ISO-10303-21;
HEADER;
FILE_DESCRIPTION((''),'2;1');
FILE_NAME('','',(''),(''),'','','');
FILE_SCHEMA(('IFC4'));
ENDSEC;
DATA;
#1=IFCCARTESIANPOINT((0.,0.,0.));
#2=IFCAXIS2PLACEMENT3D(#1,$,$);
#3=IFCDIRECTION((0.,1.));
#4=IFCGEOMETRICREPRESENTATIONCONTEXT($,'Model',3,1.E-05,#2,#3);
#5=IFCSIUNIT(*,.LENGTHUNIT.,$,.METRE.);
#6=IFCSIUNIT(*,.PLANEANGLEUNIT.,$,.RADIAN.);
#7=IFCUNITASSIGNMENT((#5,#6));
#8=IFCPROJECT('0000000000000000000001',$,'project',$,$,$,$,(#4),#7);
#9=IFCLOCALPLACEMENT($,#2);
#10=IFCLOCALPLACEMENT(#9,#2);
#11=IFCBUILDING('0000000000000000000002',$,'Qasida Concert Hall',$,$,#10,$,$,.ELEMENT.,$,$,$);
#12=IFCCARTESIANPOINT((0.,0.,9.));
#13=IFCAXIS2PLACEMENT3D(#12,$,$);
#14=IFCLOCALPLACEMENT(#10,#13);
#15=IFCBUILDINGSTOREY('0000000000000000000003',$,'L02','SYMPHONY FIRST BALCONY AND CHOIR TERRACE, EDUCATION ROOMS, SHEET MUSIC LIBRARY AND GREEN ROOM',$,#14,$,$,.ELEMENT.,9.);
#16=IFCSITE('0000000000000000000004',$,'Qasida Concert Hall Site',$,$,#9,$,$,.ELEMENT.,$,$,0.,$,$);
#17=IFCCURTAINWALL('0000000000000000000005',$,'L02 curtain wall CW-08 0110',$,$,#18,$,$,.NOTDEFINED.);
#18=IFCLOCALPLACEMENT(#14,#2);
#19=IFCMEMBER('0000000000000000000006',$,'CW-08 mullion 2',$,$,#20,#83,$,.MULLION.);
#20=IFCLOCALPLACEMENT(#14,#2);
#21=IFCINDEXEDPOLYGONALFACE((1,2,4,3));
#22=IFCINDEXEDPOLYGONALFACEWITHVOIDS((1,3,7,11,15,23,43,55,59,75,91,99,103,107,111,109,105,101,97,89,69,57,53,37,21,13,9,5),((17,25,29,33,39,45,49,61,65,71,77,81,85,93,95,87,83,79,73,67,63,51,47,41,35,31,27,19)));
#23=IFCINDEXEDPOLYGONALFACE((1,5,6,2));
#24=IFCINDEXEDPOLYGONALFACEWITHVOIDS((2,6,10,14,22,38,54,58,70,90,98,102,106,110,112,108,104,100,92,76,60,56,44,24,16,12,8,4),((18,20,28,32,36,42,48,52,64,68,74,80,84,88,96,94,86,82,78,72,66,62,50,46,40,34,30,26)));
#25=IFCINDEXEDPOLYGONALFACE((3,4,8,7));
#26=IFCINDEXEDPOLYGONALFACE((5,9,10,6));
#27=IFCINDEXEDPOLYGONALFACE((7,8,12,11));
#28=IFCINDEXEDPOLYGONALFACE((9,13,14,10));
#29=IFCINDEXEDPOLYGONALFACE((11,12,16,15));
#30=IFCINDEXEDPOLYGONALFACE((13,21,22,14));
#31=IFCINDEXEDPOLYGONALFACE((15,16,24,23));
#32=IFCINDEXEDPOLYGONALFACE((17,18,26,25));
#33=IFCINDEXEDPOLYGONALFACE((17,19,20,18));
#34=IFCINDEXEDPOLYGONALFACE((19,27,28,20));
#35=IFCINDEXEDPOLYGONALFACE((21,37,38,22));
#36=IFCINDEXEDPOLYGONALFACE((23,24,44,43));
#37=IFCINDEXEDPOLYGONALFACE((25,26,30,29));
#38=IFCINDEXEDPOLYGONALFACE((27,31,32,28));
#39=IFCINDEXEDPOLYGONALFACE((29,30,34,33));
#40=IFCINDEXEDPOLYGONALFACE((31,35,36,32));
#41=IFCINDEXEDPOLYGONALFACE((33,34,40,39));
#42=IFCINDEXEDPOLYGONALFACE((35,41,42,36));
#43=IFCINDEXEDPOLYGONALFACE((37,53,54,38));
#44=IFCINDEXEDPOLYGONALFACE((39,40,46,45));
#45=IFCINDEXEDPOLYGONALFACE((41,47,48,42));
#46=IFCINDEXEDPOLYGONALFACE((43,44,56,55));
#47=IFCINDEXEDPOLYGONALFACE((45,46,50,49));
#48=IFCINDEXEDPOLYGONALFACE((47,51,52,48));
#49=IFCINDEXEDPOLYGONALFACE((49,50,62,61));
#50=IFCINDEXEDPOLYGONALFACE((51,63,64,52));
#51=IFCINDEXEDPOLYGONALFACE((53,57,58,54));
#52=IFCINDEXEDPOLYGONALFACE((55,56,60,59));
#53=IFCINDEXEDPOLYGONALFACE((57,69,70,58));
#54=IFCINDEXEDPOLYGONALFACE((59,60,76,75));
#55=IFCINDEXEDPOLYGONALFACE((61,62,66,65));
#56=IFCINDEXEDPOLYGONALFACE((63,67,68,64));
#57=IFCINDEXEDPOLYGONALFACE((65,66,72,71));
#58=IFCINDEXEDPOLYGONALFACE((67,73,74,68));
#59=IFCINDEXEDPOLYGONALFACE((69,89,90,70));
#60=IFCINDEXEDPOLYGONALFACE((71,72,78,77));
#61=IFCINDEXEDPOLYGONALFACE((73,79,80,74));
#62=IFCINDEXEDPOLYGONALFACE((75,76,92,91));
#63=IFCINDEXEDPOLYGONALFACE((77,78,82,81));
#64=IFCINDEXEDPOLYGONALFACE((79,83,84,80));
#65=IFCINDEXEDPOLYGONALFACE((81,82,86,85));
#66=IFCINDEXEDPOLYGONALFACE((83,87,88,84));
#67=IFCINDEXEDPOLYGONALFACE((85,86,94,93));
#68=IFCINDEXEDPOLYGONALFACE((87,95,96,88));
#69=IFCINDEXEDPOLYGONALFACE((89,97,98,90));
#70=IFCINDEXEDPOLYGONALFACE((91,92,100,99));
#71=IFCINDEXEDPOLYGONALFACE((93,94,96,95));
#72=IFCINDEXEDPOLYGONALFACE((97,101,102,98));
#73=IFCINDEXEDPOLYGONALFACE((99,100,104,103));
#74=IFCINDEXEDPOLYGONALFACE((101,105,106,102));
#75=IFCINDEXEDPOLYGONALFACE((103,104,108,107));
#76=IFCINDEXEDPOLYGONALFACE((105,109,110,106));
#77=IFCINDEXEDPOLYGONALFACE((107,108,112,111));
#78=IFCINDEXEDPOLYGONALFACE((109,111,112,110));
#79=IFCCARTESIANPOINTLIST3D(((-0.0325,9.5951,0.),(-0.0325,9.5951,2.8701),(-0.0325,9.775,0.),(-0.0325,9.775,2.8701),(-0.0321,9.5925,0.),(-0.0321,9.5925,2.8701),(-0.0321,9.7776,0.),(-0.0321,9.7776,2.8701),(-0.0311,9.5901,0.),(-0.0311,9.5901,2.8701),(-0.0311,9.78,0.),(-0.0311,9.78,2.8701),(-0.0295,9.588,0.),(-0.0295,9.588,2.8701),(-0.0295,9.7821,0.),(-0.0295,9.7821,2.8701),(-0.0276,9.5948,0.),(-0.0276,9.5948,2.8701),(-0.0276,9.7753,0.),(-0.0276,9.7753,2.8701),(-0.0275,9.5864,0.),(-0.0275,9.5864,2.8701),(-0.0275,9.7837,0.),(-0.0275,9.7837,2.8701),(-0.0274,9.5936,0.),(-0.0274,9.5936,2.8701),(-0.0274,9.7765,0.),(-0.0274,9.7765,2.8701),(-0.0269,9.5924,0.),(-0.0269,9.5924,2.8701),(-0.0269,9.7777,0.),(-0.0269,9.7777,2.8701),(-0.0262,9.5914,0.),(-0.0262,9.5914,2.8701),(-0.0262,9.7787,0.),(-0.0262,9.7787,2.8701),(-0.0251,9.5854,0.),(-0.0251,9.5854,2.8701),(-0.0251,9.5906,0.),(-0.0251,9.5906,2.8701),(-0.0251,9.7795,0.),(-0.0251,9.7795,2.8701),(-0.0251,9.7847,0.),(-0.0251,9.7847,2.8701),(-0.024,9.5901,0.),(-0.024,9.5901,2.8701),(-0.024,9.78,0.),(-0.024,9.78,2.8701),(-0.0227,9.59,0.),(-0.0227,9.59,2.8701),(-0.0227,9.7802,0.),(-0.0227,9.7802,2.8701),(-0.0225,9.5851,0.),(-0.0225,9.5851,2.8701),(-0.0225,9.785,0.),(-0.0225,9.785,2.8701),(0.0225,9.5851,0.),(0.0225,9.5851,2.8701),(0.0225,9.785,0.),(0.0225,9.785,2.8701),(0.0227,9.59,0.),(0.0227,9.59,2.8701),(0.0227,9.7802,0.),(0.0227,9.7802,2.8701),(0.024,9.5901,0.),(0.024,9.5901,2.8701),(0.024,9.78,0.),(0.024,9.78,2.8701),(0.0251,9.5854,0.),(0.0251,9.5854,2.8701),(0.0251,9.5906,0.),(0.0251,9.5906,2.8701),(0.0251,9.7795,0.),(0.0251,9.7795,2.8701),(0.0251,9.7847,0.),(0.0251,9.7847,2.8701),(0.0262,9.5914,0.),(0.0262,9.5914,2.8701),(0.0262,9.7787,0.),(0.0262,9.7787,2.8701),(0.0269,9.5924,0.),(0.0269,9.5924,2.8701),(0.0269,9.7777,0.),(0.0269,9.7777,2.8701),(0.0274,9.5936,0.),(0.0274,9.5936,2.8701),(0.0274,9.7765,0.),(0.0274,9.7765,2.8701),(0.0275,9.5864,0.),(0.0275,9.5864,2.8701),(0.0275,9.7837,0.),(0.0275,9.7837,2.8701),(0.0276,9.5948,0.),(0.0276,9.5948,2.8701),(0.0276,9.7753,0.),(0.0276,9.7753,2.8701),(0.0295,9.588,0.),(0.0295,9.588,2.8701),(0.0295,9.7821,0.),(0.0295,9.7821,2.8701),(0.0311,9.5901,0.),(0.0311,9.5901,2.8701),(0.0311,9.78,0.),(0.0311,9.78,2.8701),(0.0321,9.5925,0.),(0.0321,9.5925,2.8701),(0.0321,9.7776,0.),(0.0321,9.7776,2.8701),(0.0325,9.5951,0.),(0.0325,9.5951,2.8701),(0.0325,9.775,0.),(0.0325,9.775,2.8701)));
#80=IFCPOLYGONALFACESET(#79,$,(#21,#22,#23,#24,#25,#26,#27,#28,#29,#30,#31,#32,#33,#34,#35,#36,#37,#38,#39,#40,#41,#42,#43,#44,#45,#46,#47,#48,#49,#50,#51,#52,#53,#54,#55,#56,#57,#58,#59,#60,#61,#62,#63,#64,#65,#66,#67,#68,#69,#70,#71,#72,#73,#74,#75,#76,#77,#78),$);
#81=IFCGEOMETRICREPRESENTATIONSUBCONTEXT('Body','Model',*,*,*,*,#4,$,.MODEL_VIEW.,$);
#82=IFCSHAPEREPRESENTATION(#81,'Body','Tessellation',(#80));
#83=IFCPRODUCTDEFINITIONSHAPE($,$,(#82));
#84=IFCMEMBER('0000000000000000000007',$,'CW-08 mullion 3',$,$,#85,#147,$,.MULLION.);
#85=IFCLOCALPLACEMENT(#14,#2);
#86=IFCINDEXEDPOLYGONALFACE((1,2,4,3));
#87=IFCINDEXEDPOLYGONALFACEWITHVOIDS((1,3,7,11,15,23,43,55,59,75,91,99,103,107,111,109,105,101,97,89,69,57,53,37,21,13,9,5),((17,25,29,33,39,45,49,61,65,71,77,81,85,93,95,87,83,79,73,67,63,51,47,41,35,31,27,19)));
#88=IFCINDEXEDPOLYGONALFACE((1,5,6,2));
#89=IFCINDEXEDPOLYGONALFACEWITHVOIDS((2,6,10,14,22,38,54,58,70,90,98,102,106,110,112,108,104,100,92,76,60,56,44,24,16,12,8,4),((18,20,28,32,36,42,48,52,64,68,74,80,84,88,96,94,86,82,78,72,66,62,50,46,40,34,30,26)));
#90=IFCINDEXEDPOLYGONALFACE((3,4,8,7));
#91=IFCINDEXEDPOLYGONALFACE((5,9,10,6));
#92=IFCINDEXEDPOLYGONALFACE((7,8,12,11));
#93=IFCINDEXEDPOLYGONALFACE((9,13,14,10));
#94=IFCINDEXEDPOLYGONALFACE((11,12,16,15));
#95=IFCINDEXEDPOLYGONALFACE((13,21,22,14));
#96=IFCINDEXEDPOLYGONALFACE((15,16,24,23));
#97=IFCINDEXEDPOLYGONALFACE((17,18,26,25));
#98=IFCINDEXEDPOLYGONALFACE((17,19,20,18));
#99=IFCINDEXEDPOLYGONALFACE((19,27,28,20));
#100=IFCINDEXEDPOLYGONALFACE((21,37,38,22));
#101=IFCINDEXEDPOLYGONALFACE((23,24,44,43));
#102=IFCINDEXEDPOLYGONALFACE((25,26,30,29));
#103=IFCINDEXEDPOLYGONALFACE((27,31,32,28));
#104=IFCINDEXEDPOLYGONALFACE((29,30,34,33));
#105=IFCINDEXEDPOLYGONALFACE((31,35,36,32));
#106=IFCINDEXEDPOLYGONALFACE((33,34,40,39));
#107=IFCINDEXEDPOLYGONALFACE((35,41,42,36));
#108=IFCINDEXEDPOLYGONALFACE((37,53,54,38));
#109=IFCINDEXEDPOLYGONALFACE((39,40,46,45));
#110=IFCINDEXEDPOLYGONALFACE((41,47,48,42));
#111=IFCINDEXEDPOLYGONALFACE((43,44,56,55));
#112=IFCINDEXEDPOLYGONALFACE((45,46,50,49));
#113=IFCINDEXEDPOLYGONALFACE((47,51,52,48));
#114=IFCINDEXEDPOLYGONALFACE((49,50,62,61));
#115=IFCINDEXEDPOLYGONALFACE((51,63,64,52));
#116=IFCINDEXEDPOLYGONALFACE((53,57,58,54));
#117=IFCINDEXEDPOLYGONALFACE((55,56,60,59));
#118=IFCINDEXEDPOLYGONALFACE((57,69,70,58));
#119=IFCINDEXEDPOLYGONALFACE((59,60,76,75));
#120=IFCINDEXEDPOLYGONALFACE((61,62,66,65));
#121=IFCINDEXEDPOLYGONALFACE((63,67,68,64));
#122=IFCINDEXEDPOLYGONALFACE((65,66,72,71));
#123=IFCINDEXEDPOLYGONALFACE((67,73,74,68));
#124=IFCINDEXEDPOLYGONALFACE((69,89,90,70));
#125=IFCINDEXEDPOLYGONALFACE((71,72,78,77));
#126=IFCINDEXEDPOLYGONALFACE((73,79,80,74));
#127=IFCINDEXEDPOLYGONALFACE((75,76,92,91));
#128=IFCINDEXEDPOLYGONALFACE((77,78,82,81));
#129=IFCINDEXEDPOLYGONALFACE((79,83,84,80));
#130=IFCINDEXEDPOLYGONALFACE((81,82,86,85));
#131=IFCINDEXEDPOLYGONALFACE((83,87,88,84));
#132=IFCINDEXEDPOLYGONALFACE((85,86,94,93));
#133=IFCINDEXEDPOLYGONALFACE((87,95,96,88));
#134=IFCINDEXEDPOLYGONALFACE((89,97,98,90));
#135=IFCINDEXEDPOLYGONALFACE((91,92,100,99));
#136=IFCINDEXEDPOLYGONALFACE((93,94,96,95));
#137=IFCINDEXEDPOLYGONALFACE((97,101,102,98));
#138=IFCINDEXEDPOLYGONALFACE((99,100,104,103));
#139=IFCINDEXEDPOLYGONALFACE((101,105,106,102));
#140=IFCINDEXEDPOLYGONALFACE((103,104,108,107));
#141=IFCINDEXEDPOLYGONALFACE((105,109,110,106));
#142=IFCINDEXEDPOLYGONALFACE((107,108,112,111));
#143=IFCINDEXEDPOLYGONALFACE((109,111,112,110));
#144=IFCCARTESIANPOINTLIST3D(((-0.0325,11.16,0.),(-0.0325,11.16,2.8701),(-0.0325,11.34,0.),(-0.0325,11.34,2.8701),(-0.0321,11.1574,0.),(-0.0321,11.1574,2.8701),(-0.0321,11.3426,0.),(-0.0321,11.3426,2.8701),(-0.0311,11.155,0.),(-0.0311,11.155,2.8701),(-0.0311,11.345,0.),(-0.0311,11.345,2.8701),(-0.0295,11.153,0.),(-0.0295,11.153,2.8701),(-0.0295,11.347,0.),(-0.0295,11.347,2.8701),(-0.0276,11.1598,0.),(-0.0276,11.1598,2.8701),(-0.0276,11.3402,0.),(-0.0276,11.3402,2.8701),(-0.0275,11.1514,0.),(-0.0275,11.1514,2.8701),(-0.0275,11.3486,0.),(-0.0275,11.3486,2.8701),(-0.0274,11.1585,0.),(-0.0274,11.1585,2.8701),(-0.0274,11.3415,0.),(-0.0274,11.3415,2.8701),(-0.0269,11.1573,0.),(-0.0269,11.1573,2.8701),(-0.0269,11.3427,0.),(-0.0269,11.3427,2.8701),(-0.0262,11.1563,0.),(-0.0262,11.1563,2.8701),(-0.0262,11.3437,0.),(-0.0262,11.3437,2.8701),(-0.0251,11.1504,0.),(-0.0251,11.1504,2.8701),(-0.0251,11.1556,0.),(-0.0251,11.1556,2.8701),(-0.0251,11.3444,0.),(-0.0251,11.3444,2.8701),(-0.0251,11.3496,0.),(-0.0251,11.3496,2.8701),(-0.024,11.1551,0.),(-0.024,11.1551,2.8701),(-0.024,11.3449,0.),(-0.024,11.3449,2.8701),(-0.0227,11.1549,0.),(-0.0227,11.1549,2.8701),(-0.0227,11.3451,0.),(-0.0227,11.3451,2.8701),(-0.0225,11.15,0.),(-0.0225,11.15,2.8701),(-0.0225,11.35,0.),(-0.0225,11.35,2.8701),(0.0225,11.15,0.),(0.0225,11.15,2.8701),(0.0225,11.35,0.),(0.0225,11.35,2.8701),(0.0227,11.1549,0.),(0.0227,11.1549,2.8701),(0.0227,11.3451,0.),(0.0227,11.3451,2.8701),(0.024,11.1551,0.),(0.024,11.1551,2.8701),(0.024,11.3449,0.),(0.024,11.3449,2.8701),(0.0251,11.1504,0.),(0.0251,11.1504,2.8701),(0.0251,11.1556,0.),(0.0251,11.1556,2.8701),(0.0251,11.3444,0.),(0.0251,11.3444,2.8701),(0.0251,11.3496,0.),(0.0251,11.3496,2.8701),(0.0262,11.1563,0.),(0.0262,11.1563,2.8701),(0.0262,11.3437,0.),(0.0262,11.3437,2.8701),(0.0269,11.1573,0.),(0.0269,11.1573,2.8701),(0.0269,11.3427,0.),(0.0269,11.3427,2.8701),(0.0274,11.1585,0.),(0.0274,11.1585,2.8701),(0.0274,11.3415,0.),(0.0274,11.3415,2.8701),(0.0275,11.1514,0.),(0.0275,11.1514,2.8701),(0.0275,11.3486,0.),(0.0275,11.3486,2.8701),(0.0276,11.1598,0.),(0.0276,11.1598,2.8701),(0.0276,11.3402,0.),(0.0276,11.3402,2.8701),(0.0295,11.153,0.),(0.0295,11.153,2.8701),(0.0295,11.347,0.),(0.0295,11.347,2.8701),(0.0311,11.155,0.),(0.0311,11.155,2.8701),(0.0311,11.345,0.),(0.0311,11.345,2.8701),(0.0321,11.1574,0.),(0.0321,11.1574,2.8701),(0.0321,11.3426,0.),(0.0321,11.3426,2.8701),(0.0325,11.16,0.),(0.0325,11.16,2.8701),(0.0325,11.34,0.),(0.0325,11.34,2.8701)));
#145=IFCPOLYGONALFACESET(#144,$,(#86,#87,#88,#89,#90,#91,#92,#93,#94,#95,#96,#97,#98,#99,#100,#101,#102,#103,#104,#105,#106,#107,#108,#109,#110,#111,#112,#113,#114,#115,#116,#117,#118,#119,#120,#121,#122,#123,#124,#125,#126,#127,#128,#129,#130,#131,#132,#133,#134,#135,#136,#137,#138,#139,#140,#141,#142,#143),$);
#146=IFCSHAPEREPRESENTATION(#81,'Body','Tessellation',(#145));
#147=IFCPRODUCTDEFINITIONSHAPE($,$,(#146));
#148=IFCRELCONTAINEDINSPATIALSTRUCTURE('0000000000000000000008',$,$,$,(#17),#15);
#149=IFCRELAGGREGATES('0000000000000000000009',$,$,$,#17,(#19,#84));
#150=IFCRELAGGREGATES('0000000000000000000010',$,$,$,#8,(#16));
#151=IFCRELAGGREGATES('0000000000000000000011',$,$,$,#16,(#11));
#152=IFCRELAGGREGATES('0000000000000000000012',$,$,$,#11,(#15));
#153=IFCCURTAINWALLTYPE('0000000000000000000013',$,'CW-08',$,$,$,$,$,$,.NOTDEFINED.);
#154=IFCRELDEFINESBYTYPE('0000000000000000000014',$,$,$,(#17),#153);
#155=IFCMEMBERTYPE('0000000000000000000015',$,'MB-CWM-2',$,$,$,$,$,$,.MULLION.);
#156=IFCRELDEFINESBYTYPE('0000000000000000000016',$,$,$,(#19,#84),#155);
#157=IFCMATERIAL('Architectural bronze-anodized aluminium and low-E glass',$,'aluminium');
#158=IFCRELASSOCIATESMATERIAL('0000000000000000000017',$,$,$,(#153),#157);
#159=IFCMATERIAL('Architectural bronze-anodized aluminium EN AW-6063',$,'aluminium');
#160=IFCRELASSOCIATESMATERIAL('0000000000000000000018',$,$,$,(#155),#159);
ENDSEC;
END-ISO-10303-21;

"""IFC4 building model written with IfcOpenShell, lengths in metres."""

from ifc_helpers import new_model, si_unit, direction, frame, origin, origin_2d, place, context, subcontext, project, spatial, hollow_rectangle, extrude, material, material_profile, profile_set, type_object, element, aggregate, save


model = new_model("IFC4")

# Units and contexts
model_context = context("Model", 3, precision=1e-05, world=origin(), true_north=direction((0.0, 1.0)))
body_context = subcontext(model_context, "Body", "Model", "MODEL_VIEW")
ifc_project = project(units=[si_unit("LENGTHUNIT", "METRE"), si_unit("PLANEANGLEUNIT", "RADIAN")], contexts=[model_context])

# Site, building, storey
site_placement = place(None, origin())
site = spatial("IfcSite", under=ifc_project, at=site_placement, Name="Qasida Concert Hall Site", CompositionType="ELEMENT", RefElevation=0.0)
building_placement = place(site_placement, origin())
building = spatial("IfcBuilding", under=site, at=building_placement, Name="Qasida Concert Hall", CompositionType="ELEMENT")
storey_placement = place(building_placement, frame((0.0, 0.0, 9.0)))
storey = spatial("IfcBuildingStorey", under=building, at=storey_placement, Name="L02", Description="SYMPHONY FIRST BALCONY AND CHOIR TERRACE, EDUCATION ROOMS, SHEET MUSIC LIBRARY AND GREEN ROOM", CompositionType="ELEMENT", Elevation=9.0)

# Curtain wall, members
ifc_material_1 = material(Name="Architectural bronze-anodized aluminium and low-E glass", Category="aluminium")
curtain_wall_type = type_object("IfcCurtainWallType", Name="CW-08", PredefinedType="NOTDEFINED", material=ifc_material_1)
curtain_wall_placement = place(storey_placement, origin())
curtain_wall = element("IfcCurtainWall", 1, at=curtain_wall_placement, inside=storey, type_object=curtain_wall_type, Name="L02 curtain wall CW-08 0110", PredefinedType="NOTDEFINED")
ifc_material_2 = material(Name="Architectural bronze-anodized aluminium EN AW-6063", Category="aluminium")
ifc_material_profile_1 = material_profile(ifc_material_2, hollow_rectangle(XDim=0.0649, YDim=0.2, WallThickness=0.0049, InnerFilletRadius=0.0049, OuterFilletRadius=0.01, at=origin_2d()), Name="CWM 200x65x5")
ifc_profile_set_1 = profile_set([ifc_material_profile_1], Name="Architectural bronze-anodized aluminium EN AW-6063")
member_type_1 = type_object("IfcMemberType", Name="MB-CWM-2", PredefinedType="MULLION", material=ifc_profile_set_1)
member_1_placement = place(storey_placement, frame((0.0, 9.6851, 0.0), z_axis=(0.0, 0.0, 1.0), x_axis=(-1.0, 0.0, 0.0)))
member_1 = element("IfcMember", 2, at=member_1_placement, type_object=member_type_1, Name="CW-08 mullion 2", PredefinedType="MULLION", context=body_context, shape_type="SweptSolid", body=[
    extrude(hollow_rectangle(XDim=0.0649, YDim=0.2, WallThickness=0.0049, InnerFilletRadius=0.0049, OuterFilletRadius=0.01, at=origin_2d()), origin(), (0.0, 0.0, 1.0), 2.8701),
])
member_2_placement = place(storey_placement, frame((0.0, 11.25, 0.0), z_axis=(0.0, 0.0, 1.0), x_axis=(-1.0, 0.0, 0.0)))
member_2 = element("IfcMember", 3, at=member_2_placement, type_object=member_type_1, Name="CW-08 mullion 3", PredefinedType="MULLION", context=body_context, shape_type="SweptSolid", body=[
    extrude(hollow_rectangle(XDim=0.0649, YDim=0.2, WallThickness=0.0049, InnerFilletRadius=0.0049, OuterFilletRadius=0.01, at=origin_2d()), origin(), (0.0, 0.0, 1.0), 2.8701),
])
aggregate(curtain_wall, [member_1, member_2])

save(model, "model.ifc")
